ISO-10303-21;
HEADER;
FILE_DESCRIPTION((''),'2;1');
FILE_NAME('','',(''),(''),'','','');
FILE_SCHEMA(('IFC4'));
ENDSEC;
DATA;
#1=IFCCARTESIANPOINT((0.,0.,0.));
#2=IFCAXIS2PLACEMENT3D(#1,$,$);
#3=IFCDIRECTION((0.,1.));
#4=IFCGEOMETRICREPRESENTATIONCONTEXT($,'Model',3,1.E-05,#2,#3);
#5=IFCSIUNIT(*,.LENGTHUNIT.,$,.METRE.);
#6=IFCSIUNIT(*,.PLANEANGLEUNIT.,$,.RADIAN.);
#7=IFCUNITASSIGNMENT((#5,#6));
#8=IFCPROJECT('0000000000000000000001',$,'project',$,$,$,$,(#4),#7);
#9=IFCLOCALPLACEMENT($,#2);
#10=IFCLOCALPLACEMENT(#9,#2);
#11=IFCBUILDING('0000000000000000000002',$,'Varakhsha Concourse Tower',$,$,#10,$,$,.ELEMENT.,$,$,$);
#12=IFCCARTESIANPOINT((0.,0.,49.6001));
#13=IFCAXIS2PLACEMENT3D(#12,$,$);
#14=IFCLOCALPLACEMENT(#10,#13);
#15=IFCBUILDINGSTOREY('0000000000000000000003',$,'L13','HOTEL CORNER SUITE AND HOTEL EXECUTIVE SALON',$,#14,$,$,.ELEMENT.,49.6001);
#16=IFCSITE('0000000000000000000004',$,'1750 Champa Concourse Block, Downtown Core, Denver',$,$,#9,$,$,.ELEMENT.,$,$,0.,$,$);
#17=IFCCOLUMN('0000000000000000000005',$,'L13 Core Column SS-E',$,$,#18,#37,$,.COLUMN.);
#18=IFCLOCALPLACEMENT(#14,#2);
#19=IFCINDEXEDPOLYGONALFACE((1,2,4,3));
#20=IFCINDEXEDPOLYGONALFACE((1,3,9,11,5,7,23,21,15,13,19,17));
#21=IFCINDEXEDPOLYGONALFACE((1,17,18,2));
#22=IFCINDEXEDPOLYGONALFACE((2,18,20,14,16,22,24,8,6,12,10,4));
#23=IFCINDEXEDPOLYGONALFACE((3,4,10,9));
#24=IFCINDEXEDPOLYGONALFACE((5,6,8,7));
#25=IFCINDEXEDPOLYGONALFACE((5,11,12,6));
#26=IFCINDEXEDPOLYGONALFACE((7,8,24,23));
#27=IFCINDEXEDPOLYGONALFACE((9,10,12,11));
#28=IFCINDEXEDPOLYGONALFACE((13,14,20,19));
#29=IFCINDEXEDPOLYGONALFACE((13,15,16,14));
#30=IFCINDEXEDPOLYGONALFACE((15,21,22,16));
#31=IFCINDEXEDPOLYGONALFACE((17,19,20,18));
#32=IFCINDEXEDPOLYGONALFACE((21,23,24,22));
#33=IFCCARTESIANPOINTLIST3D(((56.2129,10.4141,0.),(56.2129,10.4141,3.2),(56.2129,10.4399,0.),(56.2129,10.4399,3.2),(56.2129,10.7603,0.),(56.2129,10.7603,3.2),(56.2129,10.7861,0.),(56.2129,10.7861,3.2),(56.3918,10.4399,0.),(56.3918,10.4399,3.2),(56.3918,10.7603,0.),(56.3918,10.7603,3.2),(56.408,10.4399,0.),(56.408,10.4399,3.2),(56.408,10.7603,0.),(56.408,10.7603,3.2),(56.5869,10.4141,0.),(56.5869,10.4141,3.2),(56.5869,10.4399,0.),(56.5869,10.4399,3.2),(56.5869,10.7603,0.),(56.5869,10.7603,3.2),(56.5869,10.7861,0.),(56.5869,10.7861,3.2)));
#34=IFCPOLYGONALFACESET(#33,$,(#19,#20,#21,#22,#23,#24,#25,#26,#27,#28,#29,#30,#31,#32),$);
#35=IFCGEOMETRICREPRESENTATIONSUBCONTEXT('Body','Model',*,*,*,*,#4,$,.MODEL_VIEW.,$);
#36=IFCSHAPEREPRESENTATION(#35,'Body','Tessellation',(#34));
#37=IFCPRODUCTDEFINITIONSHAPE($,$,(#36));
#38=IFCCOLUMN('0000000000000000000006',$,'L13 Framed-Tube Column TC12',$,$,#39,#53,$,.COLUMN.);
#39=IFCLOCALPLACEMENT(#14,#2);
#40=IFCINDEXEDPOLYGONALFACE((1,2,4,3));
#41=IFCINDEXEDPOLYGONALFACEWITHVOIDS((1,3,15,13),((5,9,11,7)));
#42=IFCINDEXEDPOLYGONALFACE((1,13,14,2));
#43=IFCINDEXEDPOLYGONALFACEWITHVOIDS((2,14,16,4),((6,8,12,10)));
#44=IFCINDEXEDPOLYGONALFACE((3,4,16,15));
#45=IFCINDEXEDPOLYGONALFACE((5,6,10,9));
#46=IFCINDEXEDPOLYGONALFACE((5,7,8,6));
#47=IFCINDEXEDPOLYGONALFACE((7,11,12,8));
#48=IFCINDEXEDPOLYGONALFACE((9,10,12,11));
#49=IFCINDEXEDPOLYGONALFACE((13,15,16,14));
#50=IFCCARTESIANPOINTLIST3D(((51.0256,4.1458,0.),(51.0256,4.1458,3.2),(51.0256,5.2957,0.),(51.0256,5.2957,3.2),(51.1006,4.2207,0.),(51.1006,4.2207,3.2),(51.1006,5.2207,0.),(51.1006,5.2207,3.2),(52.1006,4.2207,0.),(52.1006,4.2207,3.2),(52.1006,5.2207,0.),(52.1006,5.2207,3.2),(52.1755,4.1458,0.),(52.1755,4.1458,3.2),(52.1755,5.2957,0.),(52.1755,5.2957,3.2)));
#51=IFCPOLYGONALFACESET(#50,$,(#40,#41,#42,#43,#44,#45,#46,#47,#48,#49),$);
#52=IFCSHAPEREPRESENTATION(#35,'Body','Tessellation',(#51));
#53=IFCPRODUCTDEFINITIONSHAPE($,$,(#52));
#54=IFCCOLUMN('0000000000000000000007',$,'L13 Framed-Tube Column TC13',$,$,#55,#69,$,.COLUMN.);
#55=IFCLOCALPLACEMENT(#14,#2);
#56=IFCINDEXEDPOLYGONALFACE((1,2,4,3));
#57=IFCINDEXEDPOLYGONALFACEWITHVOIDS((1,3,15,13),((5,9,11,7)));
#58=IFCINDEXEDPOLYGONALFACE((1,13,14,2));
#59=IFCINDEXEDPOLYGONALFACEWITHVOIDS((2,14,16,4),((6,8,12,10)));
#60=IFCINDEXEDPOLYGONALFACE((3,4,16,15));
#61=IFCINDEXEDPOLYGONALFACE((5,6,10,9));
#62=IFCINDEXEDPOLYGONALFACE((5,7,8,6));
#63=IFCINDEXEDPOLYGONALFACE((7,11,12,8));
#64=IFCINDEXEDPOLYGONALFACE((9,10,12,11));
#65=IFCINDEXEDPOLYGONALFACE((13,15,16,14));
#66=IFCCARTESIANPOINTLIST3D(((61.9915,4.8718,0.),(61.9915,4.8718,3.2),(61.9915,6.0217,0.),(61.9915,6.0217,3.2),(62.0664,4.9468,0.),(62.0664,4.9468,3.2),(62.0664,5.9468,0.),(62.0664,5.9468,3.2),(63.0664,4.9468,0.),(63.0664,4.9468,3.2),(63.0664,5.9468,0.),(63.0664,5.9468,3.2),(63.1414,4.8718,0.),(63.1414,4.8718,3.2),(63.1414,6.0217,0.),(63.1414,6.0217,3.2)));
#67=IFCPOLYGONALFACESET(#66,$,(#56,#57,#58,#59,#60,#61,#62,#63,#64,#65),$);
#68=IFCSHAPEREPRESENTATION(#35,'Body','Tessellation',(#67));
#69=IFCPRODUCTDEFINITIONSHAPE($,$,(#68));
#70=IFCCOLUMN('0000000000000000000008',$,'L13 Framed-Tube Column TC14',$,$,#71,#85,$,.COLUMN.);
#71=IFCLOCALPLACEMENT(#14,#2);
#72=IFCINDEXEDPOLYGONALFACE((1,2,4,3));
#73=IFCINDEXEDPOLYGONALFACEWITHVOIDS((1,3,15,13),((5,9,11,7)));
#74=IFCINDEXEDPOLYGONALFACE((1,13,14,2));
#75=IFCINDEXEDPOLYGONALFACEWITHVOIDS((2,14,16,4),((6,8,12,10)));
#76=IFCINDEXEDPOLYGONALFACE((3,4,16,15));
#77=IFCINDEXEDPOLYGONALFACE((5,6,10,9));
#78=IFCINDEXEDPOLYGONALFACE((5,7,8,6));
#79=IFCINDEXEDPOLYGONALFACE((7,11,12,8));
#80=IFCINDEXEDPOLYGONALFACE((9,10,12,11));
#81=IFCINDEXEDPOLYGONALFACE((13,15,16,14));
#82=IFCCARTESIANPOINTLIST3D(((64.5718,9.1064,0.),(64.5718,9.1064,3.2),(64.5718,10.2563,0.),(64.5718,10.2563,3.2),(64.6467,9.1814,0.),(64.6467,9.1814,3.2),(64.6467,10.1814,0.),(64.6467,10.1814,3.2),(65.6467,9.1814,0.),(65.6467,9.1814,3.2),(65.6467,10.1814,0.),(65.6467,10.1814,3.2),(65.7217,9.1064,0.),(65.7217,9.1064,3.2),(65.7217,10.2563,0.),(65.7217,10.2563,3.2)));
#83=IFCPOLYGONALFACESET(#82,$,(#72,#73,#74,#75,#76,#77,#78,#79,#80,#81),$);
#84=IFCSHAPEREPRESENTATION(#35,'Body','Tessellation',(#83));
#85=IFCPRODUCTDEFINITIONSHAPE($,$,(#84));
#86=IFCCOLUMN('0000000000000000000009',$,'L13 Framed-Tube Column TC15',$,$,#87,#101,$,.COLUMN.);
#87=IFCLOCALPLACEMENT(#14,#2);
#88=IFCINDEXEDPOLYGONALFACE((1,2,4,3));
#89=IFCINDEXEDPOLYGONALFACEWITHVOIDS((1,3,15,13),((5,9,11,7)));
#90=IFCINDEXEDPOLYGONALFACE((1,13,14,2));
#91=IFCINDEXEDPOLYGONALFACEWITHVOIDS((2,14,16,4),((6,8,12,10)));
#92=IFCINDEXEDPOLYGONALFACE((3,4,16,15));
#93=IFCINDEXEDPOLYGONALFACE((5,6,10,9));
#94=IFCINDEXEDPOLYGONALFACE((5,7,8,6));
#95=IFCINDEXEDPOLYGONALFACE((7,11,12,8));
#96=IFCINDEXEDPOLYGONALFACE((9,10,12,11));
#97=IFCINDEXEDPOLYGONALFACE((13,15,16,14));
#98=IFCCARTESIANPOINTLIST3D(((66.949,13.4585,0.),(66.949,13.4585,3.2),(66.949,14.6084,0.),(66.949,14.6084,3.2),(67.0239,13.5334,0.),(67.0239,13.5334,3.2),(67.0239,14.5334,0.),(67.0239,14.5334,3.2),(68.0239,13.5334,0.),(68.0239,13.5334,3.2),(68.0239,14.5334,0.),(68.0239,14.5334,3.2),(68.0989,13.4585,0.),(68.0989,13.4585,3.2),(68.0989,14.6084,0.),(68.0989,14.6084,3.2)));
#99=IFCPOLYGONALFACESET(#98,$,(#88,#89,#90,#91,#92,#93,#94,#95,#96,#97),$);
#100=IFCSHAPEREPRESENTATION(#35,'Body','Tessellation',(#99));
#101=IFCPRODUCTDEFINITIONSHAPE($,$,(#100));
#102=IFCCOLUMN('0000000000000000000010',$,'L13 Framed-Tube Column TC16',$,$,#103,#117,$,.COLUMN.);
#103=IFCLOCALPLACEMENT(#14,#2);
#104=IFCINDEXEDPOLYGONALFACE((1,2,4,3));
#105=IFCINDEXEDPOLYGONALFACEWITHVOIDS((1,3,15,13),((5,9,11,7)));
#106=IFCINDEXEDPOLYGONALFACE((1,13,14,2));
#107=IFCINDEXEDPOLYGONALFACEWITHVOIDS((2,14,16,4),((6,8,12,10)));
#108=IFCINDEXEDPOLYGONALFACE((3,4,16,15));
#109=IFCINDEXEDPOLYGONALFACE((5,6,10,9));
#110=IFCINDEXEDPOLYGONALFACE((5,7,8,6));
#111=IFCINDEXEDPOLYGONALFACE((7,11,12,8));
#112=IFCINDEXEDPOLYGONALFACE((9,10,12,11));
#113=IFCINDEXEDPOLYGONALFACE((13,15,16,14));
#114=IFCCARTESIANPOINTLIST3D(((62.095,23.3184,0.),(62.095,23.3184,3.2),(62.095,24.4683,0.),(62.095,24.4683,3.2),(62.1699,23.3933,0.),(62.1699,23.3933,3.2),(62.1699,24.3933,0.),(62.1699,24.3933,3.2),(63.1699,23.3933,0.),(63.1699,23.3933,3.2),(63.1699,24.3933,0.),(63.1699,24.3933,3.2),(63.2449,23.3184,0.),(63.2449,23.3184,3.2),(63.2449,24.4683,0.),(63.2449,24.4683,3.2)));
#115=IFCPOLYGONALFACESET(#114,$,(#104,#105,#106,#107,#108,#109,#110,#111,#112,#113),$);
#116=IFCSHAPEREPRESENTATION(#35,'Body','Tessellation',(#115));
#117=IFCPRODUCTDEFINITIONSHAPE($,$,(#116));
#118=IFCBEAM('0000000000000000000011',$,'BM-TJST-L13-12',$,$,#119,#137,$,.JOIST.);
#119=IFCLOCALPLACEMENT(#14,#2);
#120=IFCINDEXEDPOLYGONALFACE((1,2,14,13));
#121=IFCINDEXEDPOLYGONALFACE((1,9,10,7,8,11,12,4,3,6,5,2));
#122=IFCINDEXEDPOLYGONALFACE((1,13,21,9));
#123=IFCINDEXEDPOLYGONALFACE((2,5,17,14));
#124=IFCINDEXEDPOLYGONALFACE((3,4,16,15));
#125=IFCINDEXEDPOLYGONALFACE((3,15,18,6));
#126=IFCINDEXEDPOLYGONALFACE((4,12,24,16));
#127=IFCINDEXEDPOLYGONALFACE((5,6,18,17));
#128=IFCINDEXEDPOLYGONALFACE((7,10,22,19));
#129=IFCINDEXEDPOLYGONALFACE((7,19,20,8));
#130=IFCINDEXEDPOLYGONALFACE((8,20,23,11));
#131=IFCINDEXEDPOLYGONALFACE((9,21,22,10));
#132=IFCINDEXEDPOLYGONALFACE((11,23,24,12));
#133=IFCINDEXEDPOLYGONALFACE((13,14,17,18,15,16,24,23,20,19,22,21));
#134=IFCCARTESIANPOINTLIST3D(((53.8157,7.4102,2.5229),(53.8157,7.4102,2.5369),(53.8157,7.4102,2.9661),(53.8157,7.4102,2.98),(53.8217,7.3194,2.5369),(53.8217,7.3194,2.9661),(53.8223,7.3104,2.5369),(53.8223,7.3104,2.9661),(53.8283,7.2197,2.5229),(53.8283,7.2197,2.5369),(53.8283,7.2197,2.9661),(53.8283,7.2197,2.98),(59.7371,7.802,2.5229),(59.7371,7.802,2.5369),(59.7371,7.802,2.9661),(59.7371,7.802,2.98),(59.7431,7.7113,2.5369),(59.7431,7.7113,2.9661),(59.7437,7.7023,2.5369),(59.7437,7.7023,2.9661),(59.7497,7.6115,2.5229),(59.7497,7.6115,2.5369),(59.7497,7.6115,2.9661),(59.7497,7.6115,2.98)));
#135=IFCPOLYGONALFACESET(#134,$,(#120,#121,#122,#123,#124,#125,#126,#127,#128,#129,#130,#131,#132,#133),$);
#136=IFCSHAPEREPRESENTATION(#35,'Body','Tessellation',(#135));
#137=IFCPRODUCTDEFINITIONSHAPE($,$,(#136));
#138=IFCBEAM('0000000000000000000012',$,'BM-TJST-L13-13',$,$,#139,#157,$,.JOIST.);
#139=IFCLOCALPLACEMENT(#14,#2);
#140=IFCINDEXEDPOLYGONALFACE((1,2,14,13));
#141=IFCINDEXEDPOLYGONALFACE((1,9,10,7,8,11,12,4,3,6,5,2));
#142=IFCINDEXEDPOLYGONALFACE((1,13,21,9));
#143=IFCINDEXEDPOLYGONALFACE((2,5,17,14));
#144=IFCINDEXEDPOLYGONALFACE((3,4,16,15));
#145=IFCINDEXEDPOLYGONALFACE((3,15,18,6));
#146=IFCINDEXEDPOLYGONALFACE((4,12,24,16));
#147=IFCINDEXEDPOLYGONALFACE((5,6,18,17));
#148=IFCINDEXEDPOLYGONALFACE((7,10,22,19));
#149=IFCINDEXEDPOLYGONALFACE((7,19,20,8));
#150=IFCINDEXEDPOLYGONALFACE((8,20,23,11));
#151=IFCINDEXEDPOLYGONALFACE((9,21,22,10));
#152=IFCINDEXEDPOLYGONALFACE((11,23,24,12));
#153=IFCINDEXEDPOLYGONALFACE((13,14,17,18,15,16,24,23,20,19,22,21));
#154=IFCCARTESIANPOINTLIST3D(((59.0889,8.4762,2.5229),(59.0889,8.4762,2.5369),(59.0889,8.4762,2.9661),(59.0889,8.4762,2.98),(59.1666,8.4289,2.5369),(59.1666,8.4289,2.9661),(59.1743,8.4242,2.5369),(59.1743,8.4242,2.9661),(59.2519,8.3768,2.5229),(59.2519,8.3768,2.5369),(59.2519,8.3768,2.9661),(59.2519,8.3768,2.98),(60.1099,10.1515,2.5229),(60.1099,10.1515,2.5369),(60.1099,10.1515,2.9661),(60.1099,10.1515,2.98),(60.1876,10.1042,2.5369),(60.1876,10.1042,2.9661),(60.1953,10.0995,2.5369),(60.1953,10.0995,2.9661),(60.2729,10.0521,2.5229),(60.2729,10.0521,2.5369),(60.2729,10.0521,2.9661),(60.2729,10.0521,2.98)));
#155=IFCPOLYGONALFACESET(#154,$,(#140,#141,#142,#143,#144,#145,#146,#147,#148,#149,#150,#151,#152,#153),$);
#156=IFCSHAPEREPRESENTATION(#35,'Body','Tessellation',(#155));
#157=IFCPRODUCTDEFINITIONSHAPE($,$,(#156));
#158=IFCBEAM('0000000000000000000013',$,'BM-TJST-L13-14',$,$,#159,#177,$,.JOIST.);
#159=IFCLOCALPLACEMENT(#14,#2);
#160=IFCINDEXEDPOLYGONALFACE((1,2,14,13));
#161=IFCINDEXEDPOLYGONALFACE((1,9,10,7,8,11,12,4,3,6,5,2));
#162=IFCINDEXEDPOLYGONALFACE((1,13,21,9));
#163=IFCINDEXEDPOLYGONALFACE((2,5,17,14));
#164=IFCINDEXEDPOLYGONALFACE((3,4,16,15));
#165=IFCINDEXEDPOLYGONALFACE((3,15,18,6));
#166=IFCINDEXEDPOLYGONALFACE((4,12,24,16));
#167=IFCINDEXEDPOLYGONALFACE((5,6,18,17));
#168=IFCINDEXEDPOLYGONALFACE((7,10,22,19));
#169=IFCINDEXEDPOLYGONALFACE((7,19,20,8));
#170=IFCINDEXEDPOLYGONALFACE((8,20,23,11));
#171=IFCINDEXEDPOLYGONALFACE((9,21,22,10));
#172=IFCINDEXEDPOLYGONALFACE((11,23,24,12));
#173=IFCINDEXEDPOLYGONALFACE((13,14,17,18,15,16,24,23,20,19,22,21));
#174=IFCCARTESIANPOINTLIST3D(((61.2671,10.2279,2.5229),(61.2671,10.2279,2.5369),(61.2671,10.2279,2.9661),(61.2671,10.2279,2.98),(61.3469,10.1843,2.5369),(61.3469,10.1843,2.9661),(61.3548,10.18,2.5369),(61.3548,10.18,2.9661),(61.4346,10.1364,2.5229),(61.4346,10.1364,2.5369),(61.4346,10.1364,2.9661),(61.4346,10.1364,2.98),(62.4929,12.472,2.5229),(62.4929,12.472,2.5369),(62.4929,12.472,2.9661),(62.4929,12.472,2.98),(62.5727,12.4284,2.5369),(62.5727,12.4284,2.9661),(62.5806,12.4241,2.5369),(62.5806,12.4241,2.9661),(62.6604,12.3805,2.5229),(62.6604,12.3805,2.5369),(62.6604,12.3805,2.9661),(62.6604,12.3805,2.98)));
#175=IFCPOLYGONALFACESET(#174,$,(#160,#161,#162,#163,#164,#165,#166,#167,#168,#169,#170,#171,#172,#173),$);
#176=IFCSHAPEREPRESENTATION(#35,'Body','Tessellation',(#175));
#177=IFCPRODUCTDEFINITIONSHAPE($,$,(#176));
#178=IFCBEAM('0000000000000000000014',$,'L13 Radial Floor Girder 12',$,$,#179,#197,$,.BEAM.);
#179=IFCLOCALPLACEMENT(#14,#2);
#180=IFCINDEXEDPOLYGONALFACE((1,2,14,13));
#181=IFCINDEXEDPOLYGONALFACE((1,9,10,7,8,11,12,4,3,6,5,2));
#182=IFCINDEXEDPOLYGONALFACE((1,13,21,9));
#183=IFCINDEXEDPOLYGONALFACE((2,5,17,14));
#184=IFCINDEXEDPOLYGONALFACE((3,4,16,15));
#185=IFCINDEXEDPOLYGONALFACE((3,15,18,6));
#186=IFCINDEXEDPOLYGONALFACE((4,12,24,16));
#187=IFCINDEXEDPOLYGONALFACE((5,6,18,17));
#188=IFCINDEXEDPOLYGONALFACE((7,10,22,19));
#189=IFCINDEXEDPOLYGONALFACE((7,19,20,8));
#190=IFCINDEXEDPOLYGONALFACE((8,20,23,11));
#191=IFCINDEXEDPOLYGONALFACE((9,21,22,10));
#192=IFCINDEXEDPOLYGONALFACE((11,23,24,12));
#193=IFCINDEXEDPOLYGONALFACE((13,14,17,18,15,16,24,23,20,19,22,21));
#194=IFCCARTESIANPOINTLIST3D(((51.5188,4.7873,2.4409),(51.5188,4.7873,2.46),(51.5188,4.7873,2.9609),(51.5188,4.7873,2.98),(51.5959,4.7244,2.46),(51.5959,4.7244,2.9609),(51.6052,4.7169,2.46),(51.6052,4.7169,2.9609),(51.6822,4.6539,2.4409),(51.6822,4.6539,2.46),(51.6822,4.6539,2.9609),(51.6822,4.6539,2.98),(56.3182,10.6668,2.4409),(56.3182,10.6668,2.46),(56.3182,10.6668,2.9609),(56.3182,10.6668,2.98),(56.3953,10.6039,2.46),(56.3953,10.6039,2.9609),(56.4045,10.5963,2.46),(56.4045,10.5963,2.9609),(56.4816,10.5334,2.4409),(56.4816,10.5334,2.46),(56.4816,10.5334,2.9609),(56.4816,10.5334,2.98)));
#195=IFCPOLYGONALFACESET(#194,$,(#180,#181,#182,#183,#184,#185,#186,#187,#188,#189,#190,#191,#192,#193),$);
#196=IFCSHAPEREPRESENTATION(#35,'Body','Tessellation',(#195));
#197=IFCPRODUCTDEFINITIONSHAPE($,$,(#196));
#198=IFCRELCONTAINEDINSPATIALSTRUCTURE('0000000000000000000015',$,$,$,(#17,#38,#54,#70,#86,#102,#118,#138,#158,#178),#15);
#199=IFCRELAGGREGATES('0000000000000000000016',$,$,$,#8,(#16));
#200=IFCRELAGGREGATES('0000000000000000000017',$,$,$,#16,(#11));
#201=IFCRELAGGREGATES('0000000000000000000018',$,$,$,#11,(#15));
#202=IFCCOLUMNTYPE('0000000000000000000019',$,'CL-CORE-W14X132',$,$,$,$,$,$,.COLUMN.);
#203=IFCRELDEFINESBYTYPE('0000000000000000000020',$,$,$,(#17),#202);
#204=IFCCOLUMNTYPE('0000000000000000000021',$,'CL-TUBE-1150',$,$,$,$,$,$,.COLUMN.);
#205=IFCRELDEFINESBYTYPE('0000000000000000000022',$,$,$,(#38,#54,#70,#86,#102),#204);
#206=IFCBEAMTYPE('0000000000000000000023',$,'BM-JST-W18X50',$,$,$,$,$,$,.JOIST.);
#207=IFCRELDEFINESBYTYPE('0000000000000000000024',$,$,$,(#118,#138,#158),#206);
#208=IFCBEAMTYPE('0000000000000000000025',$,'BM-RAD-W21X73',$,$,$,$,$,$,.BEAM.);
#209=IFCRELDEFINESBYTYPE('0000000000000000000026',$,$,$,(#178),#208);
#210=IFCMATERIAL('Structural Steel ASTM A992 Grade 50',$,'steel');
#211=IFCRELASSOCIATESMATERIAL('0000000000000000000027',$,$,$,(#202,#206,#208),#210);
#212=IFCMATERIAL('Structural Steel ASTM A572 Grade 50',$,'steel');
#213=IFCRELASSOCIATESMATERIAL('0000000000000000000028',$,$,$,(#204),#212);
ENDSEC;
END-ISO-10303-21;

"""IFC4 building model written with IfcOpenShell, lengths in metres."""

from ifc_helpers import new_model, si_unit, direction, frame, origin, origin_2d, place, context, subcontext, project, spatial, hollow_rectangle, i_section, extrude, material, material_profile, profile_set, type_object, element, save


model = new_model("IFC4")

# Units and contexts
model_context = context("Model", 3, precision=1e-05, world=origin(), true_north=direction((0.0, 1.0)))
body_context = subcontext(model_context, "Body", "Model", "MODEL_VIEW")
ifc_project = project(units=[si_unit("LENGTHUNIT", "METRE"), si_unit("PLANEANGLEUNIT", "RADIAN")], contexts=[model_context])

# Site, building, storey
site_placement = place(None, origin())
site = spatial("IfcSite", under=ifc_project, at=site_placement, Name="1750 Champa Concourse Block, Downtown Core, Denver", CompositionType="ELEMENT", RefElevation=0.0)
building_placement = place(site_placement, origin())
building = spatial("IfcBuilding", under=site, at=building_placement, Name="Varakhsha Concourse Tower", CompositionType="ELEMENT")
storey_placement = place(building_placement, frame((0.0, 0.0, 49.6001)))
storey = spatial("IfcBuildingStorey", under=building, at=storey_placement, Name="L13", Description="HOTEL CORNER SUITE AND HOTEL EXECUTIVE SALON", CompositionType="ELEMENT", Elevation=49.6001)

# Columns
ifc_material_1 = material(Name="Structural Steel ASTM A992 Grade 50", Category="steel")
ifc_material_profile_1 = material_profile(ifc_material_1, i_section(OverallWidth=0.374, OverallDepth=0.3721, WebThickness=0.0161, FlangeThickness=0.0259, at=origin_2d()), Name="W14X132")
ifc_profile_set_1 = profile_set([ifc_material_profile_1], Name="Structural Steel ASTM A992 Grade 50")
column_type_1 = type_object("IfcColumnType", Name="CL-CORE-W14X132", PredefinedType="COLUMN", material=ifc_profile_set_1)
column_placement = place(storey_placement, frame((56.3999, 10.6001, 0.0), z_axis=(0.0, 0.0, 1.0), x_axis=(1.0, 0.0, 0.0)))
element("IfcColumn", 1, at=column_placement, inside=storey, type_object=column_type_1, Name="L13 Core Column SS-E", PredefinedType="COLUMN", context=body_context, shape_type="SweptSolid", body=[
    extrude(i_section(OverallWidth=0.374, OverallDepth=0.3721, WebThickness=0.0161, FlangeThickness=0.0259, at=origin_2d()), origin(), (0.0, 0.0, 1.0), 3.2),
])
ifc_material_2 = material(Name="Structural Steel ASTM A572 Grade 50", Category="steel")
ifc_material_profile_2 = material_profile(ifc_material_2, hollow_rectangle(XDim=1.1499, YDim=1.1499, WallThickness=0.075, at=origin_2d()), Name="BOX 1150x1150x75")
ifc_profile_set_2 = profile_set([ifc_material_profile_2], Name="Structural Steel ASTM A572 Grade 50")
column_type_2 = type_object("IfcColumnType", Name="CL-TUBE-1150", PredefinedType="COLUMN", material=ifc_profile_set_2)
for number, where, z_axis, x_axis, name in (
    (2, (51.6006, 4.7207, 0.0), (0.0, 0.0, 1.0), (1.0, 0.0, 0.0), "L13 Framed-Tube Column TC12"),
    (3, (62.5664, 5.4468, 0.0), (0.0, 0.0, 1.0), (1.0, 0.0, 0.0), "L13 Framed-Tube Column TC13"),
    (4, (65.1467, 9.6814, 0.0), (0.0, 0.0, 1.0), (1.0, 0.0, 0.0), "L13 Framed-Tube Column TC14"),
    (5, (67.5239, 14.0334, 0.0), (0.0, 0.0, 1.0), (1.0, 0.0, 0.0), "L13 Framed-Tube Column TC15"),
    (6, (62.6699, 23.8933, 0.0), (0.0, 0.0, 1.0), (1.0, 0.0, 0.0), "L13 Framed-Tube Column TC16"),
):
    element("IfcColumn", number, at=place(storey_placement, frame(where, z_axis=z_axis, x_axis=x_axis)), inside=storey, type_object=column_type_2, Name=name, PredefinedType="COLUMN", context=body_context, shape_type="SweptSolid", body=[
        extrude(hollow_rectangle(XDim=1.1499, YDim=1.1499, WallThickness=0.075, at=origin_2d()), origin(), (0.0, 0.0, 1.0), 3.2),
    ])

# Beams
ifc_material_profile_3 = material_profile(ifc_material_1, i_section(OverallWidth=0.1909, OverallDepth=0.457, WebThickness=0.009, FlangeThickness=0.0139, at=origin_2d()), Name="W18X50")
ifc_profile_set_3 = profile_set([ifc_material_profile_3], Name="Structural Steel ASTM A992 Grade 50")
beam_type_1 = type_object("IfcBeamType", Name="BM-JST-W18X50", PredefinedType="JOIST", material=ifc_profile_set_3)
beam_1_placement = place(storey_placement, frame((53.822, 7.3149, 2.7515), z_axis=(0.997818, 0.06603, 0.0), x_axis=(-0.06603, 0.997818, 0.0)))
element("IfcBeam", 7, at=beam_1_placement, inside=storey, type_object=beam_type_1, Name="BM-TJST-L13-12", PredefinedType="JOIST", context=body_context, shape_type="SweptSolid", body=[
    extrude(i_section(OverallWidth=0.1909, OverallDepth=0.457, WebThickness=0.009, FlangeThickness=0.0139, at=origin_2d()), origin(), (0.0, 0.0, 1.0), 5.9343),
])
beam_2_placement = place(storey_placement, frame((59.1704, 8.4265, 2.7515), z_axis=(0.520413, 0.853915, 0.0), x_axis=(-0.853915, 0.520413, 0.0)))
element("IfcBeam", 8, at=beam_2_placement, inside=storey, type_object=beam_type_1, Name="BM-TJST-L13-13", PredefinedType="JOIST", context=body_context, shape_type="SweptSolid", body=[
    extrude(i_section(OverallWidth=0.1909, OverallDepth=0.457, WebThickness=0.009, FlangeThickness=0.0139, at=origin_2d()), origin(), (0.0, 0.0, 1.0), 1.9619),
])
beam_3_placement = place(storey_placement, frame((61.3508, 10.1821, 2.7515), z_axis=(0.479381, 0.877607, 0.0), x_axis=(-0.877607, 0.479381, 0.0)))
element("IfcBeam", 9, at=beam_3_placement, inside=storey, type_object=beam_type_1, Name="BM-TJST-L13-14", PredefinedType="JOIST", context=body_context, shape_type="SweptSolid", body=[
    extrude(i_section(OverallWidth=0.1909, OverallDepth=0.457, WebThickness=0.009, FlangeThickness=0.0139, at=origin_2d()), origin(), (0.0, 0.0, 1.0), 2.5571),
])
ifc_material_profile_4 = material_profile(ifc_material_1, i_section(OverallWidth=0.2109, OverallDepth=0.5391, WebThickness=0.012, FlangeThickness=0.019, at=origin_2d()), Name="W21X73")
ifc_profile_set_4 = profile_set([ifc_material_profile_4], Name="Structural Steel ASTM A992 Grade 50")
beam_type_2 = type_object("IfcBeamType", Name="BM-RAD-W21X73", PredefinedType="BEAM", material=ifc_profile_set_4)
beam_4_placement = place(storey_placement, frame((56.3999, 10.6001, 2.7104), z_axis=(-0.632362, -0.774673, 0.0), x_axis=(0.774673, -0.632362, 0.0)))
element("IfcBeam", 10, at=beam_4_placement, inside=storey, type_object=beam_type_2, Name="L13 Radial Floor Girder 12", PredefinedType="BEAM", context=body_context, shape_type="SweptSolid", body=[
    extrude(i_section(OverallWidth=0.2109, OverallDepth=0.5391, WebThickness=0.012, FlangeThickness=0.019, at=origin_2d()), origin(), (0.0, 0.0, 1.0), 7.5896),
])

save(model, "model.ifc")
